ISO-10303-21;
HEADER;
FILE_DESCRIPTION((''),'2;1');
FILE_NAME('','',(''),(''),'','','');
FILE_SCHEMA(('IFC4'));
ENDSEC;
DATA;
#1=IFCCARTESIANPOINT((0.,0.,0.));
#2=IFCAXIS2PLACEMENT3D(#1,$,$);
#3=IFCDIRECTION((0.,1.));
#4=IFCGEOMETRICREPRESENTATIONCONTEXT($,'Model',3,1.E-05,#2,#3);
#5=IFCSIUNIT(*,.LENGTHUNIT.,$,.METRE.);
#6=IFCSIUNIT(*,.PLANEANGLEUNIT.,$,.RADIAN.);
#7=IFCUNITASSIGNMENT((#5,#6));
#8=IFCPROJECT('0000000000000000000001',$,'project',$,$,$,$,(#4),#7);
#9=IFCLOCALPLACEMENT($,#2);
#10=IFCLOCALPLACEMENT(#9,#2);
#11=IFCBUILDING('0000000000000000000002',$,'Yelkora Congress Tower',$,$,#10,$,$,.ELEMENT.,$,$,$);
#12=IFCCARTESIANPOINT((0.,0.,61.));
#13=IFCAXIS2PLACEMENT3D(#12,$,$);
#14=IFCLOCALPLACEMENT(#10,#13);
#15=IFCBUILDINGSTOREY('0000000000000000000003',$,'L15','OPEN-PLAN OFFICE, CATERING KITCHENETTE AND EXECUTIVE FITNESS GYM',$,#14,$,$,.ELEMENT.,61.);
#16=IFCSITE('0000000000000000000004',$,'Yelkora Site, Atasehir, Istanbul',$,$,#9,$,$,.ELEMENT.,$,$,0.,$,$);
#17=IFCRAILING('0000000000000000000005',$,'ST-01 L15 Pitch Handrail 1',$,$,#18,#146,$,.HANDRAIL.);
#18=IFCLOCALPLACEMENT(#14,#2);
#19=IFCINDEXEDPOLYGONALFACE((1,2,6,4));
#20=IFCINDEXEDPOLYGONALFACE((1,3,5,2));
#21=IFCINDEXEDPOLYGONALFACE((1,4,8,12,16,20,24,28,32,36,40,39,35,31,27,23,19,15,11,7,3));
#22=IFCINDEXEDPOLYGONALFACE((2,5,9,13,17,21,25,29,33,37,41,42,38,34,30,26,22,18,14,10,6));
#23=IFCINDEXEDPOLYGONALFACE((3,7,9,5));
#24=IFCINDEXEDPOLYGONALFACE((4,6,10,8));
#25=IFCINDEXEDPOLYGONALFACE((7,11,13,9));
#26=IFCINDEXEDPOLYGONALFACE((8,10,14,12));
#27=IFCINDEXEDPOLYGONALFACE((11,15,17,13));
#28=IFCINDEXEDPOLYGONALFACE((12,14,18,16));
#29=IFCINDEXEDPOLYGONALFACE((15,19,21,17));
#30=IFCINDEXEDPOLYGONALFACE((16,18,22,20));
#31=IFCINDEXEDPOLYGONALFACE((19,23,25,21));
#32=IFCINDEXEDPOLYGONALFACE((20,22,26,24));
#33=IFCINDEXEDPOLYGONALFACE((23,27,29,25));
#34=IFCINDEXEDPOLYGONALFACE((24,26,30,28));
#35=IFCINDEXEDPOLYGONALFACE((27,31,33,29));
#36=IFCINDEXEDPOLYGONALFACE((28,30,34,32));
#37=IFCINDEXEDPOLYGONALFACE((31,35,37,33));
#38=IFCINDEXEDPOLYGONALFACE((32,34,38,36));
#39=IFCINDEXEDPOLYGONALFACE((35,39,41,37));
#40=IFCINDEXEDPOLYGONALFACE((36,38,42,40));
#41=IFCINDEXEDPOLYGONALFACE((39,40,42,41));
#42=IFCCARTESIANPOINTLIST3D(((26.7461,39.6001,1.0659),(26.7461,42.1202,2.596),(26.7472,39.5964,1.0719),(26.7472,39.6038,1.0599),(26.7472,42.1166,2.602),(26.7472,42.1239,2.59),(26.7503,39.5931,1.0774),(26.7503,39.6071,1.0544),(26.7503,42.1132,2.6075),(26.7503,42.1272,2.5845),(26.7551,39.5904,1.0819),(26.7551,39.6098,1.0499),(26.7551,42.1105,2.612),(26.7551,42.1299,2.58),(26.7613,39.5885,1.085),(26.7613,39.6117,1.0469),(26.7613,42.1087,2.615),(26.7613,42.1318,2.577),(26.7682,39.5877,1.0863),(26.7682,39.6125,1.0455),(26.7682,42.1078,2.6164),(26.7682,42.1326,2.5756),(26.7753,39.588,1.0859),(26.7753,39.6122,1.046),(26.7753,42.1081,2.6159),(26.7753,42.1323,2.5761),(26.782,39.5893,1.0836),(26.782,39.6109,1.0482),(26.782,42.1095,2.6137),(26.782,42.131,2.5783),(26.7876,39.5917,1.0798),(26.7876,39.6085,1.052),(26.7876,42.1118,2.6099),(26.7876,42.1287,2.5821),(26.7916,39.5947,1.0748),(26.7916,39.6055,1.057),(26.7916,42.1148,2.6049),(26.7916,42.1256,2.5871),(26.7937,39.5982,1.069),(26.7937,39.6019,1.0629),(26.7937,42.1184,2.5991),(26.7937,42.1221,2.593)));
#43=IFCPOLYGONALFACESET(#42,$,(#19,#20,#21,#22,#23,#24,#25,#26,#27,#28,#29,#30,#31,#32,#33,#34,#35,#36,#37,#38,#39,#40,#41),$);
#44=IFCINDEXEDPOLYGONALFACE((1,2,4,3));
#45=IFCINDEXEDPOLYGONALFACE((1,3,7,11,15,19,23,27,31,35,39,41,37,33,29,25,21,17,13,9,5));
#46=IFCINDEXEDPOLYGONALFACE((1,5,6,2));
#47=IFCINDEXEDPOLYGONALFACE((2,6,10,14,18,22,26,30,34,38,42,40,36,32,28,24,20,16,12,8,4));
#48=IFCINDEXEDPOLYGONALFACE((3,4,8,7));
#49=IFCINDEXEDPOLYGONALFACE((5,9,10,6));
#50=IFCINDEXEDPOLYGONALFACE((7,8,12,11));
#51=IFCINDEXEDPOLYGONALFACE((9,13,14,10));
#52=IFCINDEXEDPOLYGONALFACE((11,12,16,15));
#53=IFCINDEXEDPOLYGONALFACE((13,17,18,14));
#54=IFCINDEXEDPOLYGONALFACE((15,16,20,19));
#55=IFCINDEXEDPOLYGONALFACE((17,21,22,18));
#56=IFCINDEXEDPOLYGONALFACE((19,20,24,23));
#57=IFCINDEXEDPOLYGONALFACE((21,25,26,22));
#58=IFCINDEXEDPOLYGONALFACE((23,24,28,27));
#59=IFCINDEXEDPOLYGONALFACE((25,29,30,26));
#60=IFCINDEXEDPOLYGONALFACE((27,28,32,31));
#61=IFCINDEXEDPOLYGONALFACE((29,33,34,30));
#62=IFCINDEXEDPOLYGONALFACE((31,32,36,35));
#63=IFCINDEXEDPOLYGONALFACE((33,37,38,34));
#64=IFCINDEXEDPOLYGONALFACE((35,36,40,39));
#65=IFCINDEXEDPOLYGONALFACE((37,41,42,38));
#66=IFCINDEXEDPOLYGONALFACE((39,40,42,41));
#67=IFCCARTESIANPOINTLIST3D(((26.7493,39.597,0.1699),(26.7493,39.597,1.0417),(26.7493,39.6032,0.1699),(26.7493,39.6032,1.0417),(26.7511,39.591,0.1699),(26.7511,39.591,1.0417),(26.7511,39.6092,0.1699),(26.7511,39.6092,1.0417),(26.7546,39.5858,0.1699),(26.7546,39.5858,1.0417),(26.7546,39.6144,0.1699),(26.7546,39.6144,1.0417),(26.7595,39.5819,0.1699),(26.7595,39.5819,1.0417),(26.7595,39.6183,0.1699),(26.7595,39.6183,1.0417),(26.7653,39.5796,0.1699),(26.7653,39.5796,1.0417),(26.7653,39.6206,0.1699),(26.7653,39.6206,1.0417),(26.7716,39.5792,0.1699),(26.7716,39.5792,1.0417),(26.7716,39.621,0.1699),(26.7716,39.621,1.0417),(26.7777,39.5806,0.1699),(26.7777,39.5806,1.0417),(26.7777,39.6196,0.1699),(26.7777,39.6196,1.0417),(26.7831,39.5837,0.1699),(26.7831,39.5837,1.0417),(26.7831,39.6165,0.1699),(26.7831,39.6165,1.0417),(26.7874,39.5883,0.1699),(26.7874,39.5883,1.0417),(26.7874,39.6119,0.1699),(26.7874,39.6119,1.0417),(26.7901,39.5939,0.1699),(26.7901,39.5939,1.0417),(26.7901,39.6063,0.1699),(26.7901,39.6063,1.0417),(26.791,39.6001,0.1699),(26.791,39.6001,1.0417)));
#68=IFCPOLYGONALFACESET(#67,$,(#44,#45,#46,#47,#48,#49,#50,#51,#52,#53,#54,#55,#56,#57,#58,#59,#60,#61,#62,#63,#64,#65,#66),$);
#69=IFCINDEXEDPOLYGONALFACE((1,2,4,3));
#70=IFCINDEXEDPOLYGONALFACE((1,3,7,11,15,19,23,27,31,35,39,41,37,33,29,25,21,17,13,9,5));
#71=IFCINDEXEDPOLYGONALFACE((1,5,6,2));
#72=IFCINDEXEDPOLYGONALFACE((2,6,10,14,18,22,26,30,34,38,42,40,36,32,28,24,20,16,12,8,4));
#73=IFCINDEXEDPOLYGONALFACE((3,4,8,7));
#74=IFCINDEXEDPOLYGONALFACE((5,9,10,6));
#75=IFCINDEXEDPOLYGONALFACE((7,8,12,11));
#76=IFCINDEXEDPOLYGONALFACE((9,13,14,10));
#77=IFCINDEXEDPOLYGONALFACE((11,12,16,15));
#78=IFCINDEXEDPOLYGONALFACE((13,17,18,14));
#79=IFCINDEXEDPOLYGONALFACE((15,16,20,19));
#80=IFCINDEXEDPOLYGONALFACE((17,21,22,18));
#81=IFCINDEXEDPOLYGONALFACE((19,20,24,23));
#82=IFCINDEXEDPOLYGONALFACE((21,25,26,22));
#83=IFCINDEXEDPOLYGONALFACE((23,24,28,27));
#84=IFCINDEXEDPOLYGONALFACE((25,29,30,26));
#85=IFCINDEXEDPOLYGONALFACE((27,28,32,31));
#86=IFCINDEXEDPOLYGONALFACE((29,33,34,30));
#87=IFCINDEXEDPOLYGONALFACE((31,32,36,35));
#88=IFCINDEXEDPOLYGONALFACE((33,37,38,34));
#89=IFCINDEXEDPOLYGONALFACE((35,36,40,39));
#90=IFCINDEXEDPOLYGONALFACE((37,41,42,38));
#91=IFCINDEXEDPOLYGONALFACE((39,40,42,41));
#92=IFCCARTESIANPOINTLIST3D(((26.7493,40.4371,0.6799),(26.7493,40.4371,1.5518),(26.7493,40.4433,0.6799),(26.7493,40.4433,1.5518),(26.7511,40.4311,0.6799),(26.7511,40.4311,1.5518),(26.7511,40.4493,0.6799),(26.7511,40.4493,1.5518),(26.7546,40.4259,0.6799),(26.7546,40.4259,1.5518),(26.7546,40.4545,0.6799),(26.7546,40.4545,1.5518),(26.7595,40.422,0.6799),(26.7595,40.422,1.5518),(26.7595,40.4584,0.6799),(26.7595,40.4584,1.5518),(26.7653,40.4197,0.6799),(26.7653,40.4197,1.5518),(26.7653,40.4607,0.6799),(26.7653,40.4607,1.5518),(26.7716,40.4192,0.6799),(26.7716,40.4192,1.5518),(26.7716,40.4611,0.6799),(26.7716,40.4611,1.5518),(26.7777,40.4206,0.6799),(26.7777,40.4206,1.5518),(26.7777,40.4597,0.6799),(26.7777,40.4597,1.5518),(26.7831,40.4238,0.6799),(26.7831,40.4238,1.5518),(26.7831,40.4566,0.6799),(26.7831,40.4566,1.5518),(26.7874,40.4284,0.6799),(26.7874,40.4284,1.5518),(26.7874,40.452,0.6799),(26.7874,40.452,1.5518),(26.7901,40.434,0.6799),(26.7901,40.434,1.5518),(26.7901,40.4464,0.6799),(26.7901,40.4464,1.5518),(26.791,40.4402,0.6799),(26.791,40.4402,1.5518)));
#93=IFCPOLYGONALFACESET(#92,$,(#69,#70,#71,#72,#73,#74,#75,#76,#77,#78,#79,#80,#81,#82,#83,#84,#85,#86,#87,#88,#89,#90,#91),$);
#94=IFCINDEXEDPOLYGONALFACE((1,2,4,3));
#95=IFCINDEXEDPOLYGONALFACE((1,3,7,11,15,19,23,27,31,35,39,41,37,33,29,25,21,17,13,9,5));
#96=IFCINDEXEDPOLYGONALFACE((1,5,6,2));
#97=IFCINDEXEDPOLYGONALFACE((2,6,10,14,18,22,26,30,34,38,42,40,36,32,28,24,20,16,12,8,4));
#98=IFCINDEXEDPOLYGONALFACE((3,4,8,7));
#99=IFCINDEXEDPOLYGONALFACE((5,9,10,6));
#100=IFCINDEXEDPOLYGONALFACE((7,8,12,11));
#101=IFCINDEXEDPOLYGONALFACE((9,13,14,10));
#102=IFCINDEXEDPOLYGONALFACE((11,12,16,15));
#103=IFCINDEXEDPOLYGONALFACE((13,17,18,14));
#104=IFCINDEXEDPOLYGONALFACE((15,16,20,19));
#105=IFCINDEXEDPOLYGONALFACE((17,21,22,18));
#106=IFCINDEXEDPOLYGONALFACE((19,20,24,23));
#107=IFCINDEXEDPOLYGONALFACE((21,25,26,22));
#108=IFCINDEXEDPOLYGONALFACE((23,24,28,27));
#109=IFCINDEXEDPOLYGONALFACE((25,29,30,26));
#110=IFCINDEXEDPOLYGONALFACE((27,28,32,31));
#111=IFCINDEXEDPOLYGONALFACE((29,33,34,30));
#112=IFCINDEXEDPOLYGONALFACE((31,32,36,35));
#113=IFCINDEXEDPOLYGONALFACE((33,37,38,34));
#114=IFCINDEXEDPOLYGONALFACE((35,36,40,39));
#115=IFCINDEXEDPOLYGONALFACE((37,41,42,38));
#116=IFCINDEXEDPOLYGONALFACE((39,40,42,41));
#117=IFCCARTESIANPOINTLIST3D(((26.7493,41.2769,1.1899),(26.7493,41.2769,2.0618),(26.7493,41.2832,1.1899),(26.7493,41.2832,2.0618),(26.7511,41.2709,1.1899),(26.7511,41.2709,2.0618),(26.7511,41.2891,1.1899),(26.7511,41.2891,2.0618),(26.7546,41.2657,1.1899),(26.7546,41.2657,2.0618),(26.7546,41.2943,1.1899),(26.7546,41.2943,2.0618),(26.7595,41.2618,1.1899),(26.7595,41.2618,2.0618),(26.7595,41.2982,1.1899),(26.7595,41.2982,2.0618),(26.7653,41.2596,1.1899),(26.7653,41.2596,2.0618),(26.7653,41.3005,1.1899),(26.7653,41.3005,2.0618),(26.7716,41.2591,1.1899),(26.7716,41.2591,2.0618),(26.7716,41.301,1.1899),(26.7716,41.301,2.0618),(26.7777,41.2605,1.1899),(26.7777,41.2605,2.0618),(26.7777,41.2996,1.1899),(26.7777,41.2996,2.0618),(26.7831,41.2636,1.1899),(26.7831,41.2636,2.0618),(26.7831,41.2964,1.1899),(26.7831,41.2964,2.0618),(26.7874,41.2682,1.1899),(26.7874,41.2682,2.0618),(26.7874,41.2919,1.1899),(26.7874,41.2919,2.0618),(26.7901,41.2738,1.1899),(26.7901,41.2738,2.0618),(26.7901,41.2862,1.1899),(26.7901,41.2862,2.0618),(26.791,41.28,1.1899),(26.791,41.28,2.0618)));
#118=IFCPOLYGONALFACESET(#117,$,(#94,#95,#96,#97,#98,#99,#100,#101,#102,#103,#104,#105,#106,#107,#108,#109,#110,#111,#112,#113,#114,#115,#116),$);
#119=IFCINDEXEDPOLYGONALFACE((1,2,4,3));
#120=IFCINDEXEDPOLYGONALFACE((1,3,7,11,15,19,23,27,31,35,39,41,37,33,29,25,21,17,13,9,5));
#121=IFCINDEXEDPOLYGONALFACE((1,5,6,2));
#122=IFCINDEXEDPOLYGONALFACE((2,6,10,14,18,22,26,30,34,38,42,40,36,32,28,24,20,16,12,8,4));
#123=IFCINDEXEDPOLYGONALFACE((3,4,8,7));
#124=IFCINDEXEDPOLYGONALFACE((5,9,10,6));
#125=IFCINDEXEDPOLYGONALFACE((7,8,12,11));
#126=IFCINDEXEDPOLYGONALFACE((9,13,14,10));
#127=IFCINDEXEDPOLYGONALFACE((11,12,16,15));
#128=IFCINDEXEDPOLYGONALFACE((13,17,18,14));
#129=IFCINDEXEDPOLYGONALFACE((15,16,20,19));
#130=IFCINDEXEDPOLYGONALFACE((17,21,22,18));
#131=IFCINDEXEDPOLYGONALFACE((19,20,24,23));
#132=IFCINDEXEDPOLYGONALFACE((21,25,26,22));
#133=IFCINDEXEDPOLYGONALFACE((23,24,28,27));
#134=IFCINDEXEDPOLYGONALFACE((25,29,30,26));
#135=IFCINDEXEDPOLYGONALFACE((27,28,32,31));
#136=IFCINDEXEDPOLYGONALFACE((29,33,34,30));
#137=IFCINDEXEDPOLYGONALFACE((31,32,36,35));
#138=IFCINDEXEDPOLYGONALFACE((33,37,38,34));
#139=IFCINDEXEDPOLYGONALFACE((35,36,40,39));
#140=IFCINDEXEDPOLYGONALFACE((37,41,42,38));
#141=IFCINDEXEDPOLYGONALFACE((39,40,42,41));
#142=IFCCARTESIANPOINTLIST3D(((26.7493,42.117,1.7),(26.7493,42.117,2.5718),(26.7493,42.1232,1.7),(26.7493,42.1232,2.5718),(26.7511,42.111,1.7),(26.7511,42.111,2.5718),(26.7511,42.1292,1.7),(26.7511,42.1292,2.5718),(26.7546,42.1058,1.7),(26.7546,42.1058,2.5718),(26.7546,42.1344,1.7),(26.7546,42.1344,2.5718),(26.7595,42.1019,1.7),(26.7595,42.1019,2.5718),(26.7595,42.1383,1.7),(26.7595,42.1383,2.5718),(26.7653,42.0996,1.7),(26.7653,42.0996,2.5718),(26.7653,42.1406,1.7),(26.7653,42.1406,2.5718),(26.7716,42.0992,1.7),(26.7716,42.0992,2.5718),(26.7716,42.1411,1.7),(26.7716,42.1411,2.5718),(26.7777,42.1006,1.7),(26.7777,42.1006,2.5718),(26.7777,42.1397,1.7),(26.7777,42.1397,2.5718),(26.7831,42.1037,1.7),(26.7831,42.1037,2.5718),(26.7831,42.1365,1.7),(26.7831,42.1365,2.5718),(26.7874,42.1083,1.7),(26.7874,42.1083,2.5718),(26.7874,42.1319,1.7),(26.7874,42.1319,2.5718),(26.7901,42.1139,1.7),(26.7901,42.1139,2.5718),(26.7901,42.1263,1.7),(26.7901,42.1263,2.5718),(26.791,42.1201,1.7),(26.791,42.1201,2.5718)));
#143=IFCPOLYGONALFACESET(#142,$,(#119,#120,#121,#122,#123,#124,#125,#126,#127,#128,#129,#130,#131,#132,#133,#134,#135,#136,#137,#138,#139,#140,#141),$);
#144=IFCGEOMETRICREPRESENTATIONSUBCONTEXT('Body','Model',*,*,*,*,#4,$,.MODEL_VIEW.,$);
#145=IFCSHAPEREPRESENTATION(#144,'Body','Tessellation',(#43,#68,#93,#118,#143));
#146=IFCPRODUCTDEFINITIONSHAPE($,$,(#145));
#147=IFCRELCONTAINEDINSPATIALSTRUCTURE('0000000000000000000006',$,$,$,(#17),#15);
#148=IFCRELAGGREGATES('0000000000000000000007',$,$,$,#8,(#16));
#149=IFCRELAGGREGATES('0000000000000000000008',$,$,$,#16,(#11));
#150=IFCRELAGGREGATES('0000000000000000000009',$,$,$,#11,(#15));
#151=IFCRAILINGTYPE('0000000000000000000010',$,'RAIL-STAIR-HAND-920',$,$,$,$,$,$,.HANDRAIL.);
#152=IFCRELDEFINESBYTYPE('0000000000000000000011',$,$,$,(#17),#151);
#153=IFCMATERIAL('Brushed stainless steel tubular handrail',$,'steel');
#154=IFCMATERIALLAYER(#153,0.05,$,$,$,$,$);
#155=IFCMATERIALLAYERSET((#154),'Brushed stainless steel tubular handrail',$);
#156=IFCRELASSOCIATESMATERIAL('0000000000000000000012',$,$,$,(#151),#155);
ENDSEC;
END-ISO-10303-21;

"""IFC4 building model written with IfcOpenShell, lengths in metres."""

from ifc_helpers import new_model, si_unit, direction, frame, origin, origin_2d, place, context, subcontext, project, spatial, circle, extrude, material, layer, layer_set, type_object, element, save


model = new_model("IFC4")

# Units and contexts
model_context = context("Model", 3, precision=1e-05, world=origin(), true_north=direction((0.0, 1.0)))
body_context = subcontext(model_context, "Body", "Model", "MODEL_VIEW")
ifc_project = project(units=[si_unit("LENGTHUNIT", "METRE"), si_unit("PLANEANGLEUNIT", "RADIAN")], contexts=[model_context])

# Site, building, storey
site_placement = place(None, origin())
site = spatial("IfcSite", under=ifc_project, at=site_placement, Name="Yelkora Site, Atasehir, Istanbul", CompositionType="ELEMENT", RefElevation=0.0)
building_placement = place(site_placement, origin())
building = spatial("IfcBuilding", under=site, at=building_placement, Name="Yelkora Congress Tower", CompositionType="ELEMENT")
storey_placement = place(building_placement, frame((0.0, 0.0, 61.0)))
storey = spatial("IfcBuildingStorey", under=building, at=storey_placement, Name="L15", Description="OPEN-PLAN OFFICE, CATERING KITCHENETTE AND EXECUTIVE FITNESS GYM", CompositionType="ELEMENT", Elevation=61.0)

# Railing
ifc_material_1 = material(Name="Brushed stainless steel tubular handrail", Category="steel")
ifc_layer_1 = layer(ifc_material_1, 0.05)
ifc_layer_set_1 = layer_set([ifc_layer_1], Name="Brushed stainless steel tubular handrail")
railing_type_1 = type_object("IfcRailingType", Name="RAIL-STAIR-HAND-920", PredefinedType="HANDRAIL", material=ifc_layer_set_1)
railing_1_placement = place(storey_placement, frame((26.77, 39.6001, 0.1699)))
element("IfcRailing", 1, at=railing_1_placement, inside=storey, type_object=railing_type_1, Name="ST-01 L15 Pitch Handrail 1", PredefinedType="HANDRAIL", context=body_context, shape_type="SweptSolid", body=[
    extrude(circle(Radius=0.0239, at=origin_2d()), frame((0.0, 0.0, 0.896), z_axis=(0.0, 0.854785, 0.518982), x_axis=(-1.0, 0.0, 0.0)), (0.0, 0.0, 1.0), 2.9482),
    extrude(circle(Radius=0.021, at=origin_2d()), origin(), (0.0, 0.0, 1.0), 0.8718),
    extrude(circle(Radius=0.021, at=origin_2d()), frame((0.0, 0.8401, 0.51)), (0.0, 0.0, 1.0), 0.8718),
    extrude(circle(Radius=0.021, at=origin_2d()), frame((0.0, 1.6799, 1.02)), (0.0, 0.0, 1.0), 0.8718),
    extrude(circle(Radius=0.021, at=origin_2d()), frame((0.0, 2.52, 1.53)), (0.0, 0.0, 1.0), 0.8718),
])

save(model, "model.ifc")
